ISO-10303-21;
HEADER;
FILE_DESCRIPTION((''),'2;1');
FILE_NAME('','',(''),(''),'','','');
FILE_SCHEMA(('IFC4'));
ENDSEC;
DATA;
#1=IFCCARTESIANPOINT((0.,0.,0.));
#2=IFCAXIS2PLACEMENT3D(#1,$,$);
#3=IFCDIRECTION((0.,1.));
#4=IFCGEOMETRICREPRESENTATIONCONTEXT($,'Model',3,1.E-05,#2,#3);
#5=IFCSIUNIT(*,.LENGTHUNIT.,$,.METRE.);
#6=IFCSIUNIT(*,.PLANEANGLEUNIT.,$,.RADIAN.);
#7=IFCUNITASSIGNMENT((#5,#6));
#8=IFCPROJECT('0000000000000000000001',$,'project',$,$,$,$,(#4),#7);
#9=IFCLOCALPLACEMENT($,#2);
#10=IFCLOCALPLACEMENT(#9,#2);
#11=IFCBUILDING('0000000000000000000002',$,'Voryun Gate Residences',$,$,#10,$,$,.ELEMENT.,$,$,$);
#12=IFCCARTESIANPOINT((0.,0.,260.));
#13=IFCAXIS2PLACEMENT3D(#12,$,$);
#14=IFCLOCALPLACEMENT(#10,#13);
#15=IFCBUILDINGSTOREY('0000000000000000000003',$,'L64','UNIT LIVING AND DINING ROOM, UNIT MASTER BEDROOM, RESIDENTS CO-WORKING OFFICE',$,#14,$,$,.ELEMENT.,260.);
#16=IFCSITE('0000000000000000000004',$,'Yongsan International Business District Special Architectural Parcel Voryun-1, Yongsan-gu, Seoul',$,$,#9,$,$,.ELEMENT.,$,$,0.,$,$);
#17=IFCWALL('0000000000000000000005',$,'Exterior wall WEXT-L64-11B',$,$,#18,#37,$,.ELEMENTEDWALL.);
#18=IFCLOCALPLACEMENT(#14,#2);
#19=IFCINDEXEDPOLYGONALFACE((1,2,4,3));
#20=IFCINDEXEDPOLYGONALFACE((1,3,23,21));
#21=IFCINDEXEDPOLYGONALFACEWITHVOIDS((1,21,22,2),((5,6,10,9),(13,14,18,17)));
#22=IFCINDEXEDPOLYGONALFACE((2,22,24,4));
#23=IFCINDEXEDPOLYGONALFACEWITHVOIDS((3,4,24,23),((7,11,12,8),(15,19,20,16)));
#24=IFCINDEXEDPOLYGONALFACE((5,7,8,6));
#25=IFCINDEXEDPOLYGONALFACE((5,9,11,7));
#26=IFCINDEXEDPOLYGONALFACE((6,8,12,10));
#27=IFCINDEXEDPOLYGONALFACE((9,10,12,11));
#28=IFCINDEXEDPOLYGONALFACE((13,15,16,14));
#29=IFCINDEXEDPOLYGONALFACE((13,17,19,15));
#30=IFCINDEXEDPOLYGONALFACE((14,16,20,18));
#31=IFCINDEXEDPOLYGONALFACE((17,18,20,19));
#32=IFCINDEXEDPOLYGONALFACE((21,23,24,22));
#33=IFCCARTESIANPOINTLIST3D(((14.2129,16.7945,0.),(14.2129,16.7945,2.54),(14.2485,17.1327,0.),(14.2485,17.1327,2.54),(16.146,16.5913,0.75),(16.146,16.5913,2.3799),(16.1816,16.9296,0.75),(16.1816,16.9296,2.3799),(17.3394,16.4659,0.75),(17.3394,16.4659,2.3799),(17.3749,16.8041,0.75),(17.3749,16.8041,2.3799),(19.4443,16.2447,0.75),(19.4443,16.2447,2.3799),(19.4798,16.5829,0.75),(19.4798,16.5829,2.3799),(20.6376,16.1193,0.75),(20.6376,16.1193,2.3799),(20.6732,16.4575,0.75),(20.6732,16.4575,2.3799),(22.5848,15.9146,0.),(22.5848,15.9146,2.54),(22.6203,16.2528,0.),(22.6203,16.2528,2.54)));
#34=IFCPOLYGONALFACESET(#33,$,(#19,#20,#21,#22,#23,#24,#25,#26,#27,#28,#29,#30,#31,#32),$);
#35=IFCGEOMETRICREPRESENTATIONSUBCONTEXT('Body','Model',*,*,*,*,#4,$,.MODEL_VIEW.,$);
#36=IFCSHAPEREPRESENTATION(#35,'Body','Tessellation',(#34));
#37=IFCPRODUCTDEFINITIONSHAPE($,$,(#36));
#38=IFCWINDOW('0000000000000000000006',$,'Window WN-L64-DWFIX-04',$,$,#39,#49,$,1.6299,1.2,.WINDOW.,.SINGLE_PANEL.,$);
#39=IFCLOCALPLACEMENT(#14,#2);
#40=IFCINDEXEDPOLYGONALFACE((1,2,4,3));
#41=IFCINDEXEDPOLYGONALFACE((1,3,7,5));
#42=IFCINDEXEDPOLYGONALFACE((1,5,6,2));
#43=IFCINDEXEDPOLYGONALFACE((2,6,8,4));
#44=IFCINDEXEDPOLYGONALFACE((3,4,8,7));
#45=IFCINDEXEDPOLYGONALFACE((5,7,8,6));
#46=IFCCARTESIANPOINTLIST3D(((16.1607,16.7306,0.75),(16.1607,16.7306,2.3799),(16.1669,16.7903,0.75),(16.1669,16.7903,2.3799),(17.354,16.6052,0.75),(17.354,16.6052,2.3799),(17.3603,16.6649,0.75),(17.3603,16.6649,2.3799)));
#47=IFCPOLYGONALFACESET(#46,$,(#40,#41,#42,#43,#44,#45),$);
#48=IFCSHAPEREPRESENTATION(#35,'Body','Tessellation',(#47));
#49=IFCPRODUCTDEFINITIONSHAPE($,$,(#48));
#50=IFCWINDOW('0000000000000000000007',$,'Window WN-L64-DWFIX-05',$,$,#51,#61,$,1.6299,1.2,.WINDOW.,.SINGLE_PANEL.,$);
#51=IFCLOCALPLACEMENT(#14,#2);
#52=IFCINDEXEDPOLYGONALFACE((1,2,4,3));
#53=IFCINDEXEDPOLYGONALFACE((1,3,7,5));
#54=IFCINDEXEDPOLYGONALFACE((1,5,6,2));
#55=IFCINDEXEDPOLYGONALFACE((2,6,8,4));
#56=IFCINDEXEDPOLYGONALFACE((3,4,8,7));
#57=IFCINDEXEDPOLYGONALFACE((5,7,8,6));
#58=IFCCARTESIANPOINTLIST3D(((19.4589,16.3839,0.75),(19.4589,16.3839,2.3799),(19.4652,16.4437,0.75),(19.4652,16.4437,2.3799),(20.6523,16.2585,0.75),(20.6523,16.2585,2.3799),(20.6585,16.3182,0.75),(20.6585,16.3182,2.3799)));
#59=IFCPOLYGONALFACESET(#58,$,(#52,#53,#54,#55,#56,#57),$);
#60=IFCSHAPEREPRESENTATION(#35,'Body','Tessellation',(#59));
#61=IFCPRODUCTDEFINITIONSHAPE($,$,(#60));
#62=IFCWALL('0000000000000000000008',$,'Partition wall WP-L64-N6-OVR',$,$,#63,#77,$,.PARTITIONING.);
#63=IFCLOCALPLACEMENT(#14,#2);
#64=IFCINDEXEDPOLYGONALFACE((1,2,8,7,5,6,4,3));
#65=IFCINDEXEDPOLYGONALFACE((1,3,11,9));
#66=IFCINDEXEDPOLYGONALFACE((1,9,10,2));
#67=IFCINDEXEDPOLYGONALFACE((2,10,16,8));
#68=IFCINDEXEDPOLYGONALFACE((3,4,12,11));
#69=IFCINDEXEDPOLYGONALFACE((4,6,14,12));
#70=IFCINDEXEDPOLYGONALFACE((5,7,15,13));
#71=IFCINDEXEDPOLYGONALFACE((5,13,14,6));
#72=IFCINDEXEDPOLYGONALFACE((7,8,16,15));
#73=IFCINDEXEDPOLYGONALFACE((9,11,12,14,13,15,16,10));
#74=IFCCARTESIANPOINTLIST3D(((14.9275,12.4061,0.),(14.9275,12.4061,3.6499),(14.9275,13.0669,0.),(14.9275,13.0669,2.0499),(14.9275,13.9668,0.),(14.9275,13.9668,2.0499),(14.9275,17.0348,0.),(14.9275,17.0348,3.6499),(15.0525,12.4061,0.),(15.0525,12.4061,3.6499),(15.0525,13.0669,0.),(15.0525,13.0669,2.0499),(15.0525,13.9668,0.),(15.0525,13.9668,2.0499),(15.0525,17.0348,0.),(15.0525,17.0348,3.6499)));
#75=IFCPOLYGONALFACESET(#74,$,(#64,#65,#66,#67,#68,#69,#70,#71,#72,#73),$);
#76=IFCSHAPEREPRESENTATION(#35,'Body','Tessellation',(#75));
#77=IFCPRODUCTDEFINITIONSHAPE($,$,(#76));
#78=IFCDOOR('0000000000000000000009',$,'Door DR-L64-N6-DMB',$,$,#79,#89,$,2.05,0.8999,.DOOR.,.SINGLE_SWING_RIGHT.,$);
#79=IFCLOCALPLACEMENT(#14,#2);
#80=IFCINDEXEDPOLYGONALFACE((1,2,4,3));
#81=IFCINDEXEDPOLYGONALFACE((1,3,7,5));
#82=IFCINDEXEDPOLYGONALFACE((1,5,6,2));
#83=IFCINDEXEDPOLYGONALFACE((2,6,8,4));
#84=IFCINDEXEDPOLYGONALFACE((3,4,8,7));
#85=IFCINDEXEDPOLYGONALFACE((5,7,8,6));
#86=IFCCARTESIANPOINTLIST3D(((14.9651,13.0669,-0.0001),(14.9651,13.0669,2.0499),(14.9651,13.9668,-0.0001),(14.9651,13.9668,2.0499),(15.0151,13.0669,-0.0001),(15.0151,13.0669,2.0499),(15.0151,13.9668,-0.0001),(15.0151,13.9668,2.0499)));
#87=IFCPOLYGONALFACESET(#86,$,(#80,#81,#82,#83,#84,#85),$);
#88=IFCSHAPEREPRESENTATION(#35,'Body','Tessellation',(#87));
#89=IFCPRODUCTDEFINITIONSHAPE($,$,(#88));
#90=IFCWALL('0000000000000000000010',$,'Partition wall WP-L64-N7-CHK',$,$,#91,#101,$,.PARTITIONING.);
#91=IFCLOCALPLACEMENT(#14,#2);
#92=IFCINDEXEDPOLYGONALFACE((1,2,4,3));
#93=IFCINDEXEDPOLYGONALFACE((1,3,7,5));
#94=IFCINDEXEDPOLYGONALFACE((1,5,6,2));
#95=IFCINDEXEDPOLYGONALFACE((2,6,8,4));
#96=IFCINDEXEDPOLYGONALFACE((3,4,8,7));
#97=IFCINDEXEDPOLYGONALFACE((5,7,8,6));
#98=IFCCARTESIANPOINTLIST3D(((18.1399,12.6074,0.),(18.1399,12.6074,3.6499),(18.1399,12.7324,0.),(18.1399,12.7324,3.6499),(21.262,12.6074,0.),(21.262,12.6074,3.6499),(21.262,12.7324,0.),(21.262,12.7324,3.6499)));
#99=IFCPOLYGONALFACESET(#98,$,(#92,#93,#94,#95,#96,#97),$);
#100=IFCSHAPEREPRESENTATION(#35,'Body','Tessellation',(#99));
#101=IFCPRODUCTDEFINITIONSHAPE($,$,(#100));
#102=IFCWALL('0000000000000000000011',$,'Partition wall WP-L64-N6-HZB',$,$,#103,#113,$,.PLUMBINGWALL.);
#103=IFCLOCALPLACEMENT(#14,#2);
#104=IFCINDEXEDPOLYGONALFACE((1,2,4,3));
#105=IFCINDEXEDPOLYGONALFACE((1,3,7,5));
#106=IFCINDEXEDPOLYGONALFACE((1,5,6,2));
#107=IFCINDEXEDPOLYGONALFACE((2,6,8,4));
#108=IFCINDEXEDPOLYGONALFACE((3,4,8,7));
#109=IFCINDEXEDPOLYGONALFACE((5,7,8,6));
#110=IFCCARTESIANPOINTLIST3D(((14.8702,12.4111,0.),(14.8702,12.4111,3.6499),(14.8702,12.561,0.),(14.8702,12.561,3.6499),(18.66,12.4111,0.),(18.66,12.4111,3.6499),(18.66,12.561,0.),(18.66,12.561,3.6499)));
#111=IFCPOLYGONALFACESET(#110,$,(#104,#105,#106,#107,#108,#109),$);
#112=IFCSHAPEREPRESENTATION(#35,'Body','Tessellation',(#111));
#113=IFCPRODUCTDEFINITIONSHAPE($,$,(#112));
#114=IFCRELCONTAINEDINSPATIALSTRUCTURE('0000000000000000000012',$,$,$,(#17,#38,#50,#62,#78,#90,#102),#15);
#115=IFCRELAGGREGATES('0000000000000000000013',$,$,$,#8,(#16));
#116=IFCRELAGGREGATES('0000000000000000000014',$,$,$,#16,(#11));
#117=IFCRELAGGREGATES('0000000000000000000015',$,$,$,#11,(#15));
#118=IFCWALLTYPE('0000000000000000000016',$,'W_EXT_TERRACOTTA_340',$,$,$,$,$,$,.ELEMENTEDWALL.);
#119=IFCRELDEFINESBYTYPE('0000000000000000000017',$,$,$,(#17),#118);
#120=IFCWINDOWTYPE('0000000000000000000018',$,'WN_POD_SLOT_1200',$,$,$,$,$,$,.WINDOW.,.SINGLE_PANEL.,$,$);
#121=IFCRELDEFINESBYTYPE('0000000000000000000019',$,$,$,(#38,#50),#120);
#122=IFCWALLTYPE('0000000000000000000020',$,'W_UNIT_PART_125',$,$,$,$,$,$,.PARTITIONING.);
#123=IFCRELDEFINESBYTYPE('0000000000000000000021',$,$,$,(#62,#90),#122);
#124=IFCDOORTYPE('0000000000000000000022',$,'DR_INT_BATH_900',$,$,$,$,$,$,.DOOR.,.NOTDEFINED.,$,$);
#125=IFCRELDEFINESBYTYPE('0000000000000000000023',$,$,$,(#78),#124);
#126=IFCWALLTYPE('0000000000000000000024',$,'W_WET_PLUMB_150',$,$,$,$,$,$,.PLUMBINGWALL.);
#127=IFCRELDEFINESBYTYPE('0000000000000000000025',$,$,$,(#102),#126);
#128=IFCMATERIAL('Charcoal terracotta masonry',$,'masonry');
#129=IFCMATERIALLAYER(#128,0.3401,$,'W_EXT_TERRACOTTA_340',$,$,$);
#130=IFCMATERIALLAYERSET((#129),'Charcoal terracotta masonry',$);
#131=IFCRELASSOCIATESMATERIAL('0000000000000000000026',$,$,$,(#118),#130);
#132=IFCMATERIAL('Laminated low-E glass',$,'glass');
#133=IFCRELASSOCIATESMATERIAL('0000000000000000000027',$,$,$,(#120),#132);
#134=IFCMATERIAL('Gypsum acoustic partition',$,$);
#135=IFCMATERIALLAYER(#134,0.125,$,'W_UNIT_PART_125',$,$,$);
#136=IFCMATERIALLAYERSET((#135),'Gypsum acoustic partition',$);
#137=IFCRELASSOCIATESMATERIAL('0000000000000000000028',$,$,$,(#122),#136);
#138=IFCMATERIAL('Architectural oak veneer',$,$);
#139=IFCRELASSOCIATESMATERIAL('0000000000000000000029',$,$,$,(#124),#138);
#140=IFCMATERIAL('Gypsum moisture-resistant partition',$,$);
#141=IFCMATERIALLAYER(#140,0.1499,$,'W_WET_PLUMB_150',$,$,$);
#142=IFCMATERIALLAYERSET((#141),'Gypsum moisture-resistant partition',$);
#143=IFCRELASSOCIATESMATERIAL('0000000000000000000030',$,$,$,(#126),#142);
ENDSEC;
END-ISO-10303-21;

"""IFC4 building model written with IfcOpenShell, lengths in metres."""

from ifc_helpers import new_model, si_unit, direction, frame, frame_2d, origin, place, context, subcontext, project, spatial, rectangle, extrude, material, layer, layer_set, type_object, element, fill, save


model = new_model("IFC4")

# Units and contexts
model_context = context("Model", 3, precision=1e-05, world=origin(), true_north=direction((0.0, 1.0)))
body_context = subcontext(model_context, "Body", "Model", "MODEL_VIEW")
ifc_project = project(units=[si_unit("LENGTHUNIT", "METRE"), si_unit("PLANEANGLEUNIT", "RADIAN")], contexts=[model_context])

# Site, building, storey
site_placement = place(None, origin())
site = spatial("IfcSite", under=ifc_project, at=site_placement, Name="Yongsan International Business District Special Architectural Parcel Voryun-1, Yongsan-gu, Seoul", CompositionType="ELEMENT", RefElevation=0.0)
building_placement = place(site_placement, origin())
building = spatial("IfcBuilding", under=site, at=building_placement, Name="Voryun Gate Residences", CompositionType="ELEMENT")
storey_placement = place(building_placement, frame((0.0, 0.0, 260.0)))
storey = spatial("IfcBuildingStorey", under=building, at=storey_placement, Name="L64", Description="UNIT LIVING AND DINING ROOM, UNIT MASTER BEDROOM, RESIDENTS CO-WORKING OFFICE", CompositionType="ELEMENT", Elevation=260.0)

# Wall, openings, windows
ifc_material_1 = material(Name="Charcoal terracotta masonry", Category="masonry")
ifc_layer_1 = layer(ifc_material_1, 0.3401, Name="W_EXT_TERRACOTTA_340")
ifc_layer_set_1 = layer_set([ifc_layer_1], Name="Charcoal terracotta masonry")
wall_type_1 = type_object("IfcWallType", Name="W_EXT_TERRACOTTA_340", PredefinedType="ELEMENTEDWALL", material=ifc_layer_set_1)
wall_1_placement = place(storey_placement, frame((14.2307, 16.9636, 0.0), z_axis=(0.0, 0.0, 1.0), x_axis=(0.994522, -0.104525, 0.0)))
wall_1 = element("IfcWall", 1, at=wall_1_placement, inside=storey, type_object=wall_type_1, Name="Exterior wall WEXT-L64-11B", PredefinedType="ELEMENTEDWALL", context=body_context, shape_type="SweptSolid", body=[
    extrude(rectangle(XDim=8.418, YDim=0.3401, at=frame_2d((4.209, 0.0))), origin(), (0.0, 0.0, 1.0), 2.54),
])
opening_1_placement = place(wall_1_placement, frame((1.9436, 0.0, 0.75)))
opening_1 = element("IfcOpeningElement", 2, at=opening_1_placement, cuts=wall_1, PredefinedType="OPENING", context=body_context, shape_type="SweptSolid", body=[
    extrude(rectangle(XDim=1.2, YDim=1.6299, at=frame_2d((0.6001, 0.8149))), frame((0.0, 0.1799, 0.0), z_axis=(0.0, -1.0, 0.0), x_axis=(1.0, 0.0, 0.0)), (0.0, 0.0, 1.0), 0.3601),
])
opening_2_placement = place(wall_1_placement, frame((5.26, 0.0, 0.75)))
opening_2 = element("IfcOpeningElement", 3, at=opening_2_placement, cuts=wall_1, PredefinedType="OPENING", context=body_context, shape_type="SweptSolid", body=[
    extrude(rectangle(XDim=1.2, YDim=1.6299, at=frame_2d((0.6001, 0.8149))), frame((0.0, 0.1799, 0.0), z_axis=(0.0, -1.0, 0.0), x_axis=(1.0, 0.0, 0.0)), (0.0, 0.0, 1.0), 0.3601),
])
ifc_material_2 = material(Name="Laminated low-E glass", Category="glass")
window_type = type_object("IfcWindowType", Name="WN_POD_SLOT_1200", PartitioningType="SINGLE_PANEL", PredefinedType="WINDOW", material=ifc_material_2)
window_1_placement = place(opening_1_placement, origin())
window_1 = element("IfcWindow", 4, at=window_1_placement, inside=storey, type_object=window_type, Name="Window WN-L64-DWFIX-04", OverallHeight=1.6299, OverallWidth=1.2, PartitioningType="SINGLE_PANEL", PredefinedType="WINDOW", context=body_context, shape_type="SweptSolid", body=[
    extrude(rectangle(XDim=1.2, YDim=1.6299, at=frame_2d((0.6001, 0.8149))), frame((0.0, 0.03, 0.0), z_axis=(0.0, -1.0, 0.0), x_axis=(1.0, 0.0, 0.0)), (0.0, 0.0, 1.0), 0.0601),
])
fill(opening_1, window_1)
window_2_placement = place(opening_2_placement, origin())
window_2 = element("IfcWindow", 5, at=window_2_placement, inside=storey, type_object=window_type, Name="Window WN-L64-DWFIX-05", OverallHeight=1.6299, OverallWidth=1.2, PartitioningType="SINGLE_PANEL", PredefinedType="WINDOW", context=body_context, shape_type="SweptSolid", body=[
    extrude(rectangle(XDim=1.2, YDim=1.6299, at=frame_2d((0.6001, 0.8149))), frame((0.0, 0.03, 0.0), z_axis=(0.0, -1.0, 0.0), x_axis=(1.0, 0.0, 0.0)), (0.0, 0.0, 1.0), 0.0601),
])
fill(opening_2, window_2)

# Wall, opening, door
ifc_material_3 = material(Name="Gypsum acoustic partition")
ifc_layer_2 = layer(ifc_material_3, 0.125, Name="W_UNIT_PART_125")
ifc_layer_set_2 = layer_set([ifc_layer_2], Name="Gypsum acoustic partition")
wall_type_2 = type_object("IfcWallType", Name="W_UNIT_PART_125", PredefinedType="PARTITIONING", material=ifc_layer_set_2)
wall_2_placement = place(storey_placement, frame((14.99, 12.406, 0.0), z_axis=(0.0, 0.0, 1.0), x_axis=(0.0, 1.0, 0.0)))
wall_2 = element("IfcWall", 6, at=wall_2_placement, inside=storey, type_object=wall_type_2, Name="Partition wall WP-L64-N6-OVR", PredefinedType="PARTITIONING", context=body_context, shape_type="SweptSolid", body=[
    extrude(rectangle(XDim=4.6287, YDim=0.125, at=frame_2d((2.3145, 0.0))), origin(), (0.0, 0.0, 1.0), 3.6499),
])
opening_3_placement = place(wall_2_placement, frame((0.6609, 0.0, 0.0)))
opening_3 = element("IfcOpeningElement", 7, at=opening_3_placement, cuts=wall_2, PredefinedType="OPENING", context=body_context, shape_type="SweptSolid", body=[
    extrude(rectangle(XDim=0.8999, YDim=2.05, at=frame_2d((0.45, 1.0249))), frame((0.0, 0.0725, 0.0), z_axis=(0.0, -1.0, 0.0), x_axis=(1.0, 0.0, 0.0)), (0.0, 0.0, 1.0), 0.145),
])
ifc_material_4 = material(Name="Architectural oak veneer")
door_type = type_object("IfcDoorType", Name="DR_INT_BATH_900", OperationType="NOTDEFINED", PredefinedType="DOOR", material=ifc_material_4)
door_placement = place(opening_3_placement, origin())
door = element("IfcDoor", 8, at=door_placement, inside=storey, type_object=door_type, Name="Door DR-L64-N6-DMB", OperationType="SINGLE_SWING_RIGHT", OverallHeight=2.05, OverallWidth=0.8999, PredefinedType="DOOR", context=body_context, shape_type="SweptSolid", body=[
    extrude(rectangle(XDim=0.8999, YDim=2.05, at=frame_2d((0.45, 1.0249))), frame((0.0, 0.0249, 0.0), z_axis=(0.0, -1.0, 0.0), x_axis=(1.0, 0.0, 0.0)), (0.0, 0.0, 1.0), 0.05),
])
fill(opening_3, door)

# Walls
wall_3_placement = place(storey_placement, frame((18.1399, 12.6699, 0.0), z_axis=(0.0, 0.0, 1.0), x_axis=(1.0, 0.0, 0.0)))
element("IfcWall", 9, at=wall_3_placement, inside=storey, type_object=wall_type_2, Name="Partition wall WP-L64-N7-CHK", PredefinedType="PARTITIONING", context=body_context, shape_type="SweptSolid", body=[
    extrude(rectangle(XDim=3.1221, YDim=0.125, at=frame_2d((1.561, 0.0))), origin(), (0.0, 0.0, 1.0), 3.6499),
])
ifc_material_5 = material(Name="Gypsum moisture-resistant partition")
ifc_layer_3 = layer(ifc_material_5, 0.1499, Name="W_WET_PLUMB_150")
ifc_layer_set_3 = layer_set([ifc_layer_3], Name="Gypsum moisture-resistant partition")
wall_type_3 = type_object("IfcWallType", Name="W_WET_PLUMB_150", PredefinedType="PLUMBINGWALL", material=ifc_layer_set_3)
wall_4_placement = place(storey_placement, frame((14.8701, 12.4861, 0.0), z_axis=(0.0, 0.0, 1.0), x_axis=(1.0, 0.0, 0.0)))
element("IfcWall", 10, at=wall_4_placement, inside=storey, type_object=wall_type_3, Name="Partition wall WP-L64-N6-HZB", PredefinedType="PLUMBINGWALL", context=body_context, shape_type="SweptSolid", body=[
    extrude(rectangle(XDim=3.7898, YDim=0.1499, at=frame_2d((1.895, 0.0))), origin(), (0.0, 0.0, 1.0), 3.6499),
])

save(model, "model.ifc")
